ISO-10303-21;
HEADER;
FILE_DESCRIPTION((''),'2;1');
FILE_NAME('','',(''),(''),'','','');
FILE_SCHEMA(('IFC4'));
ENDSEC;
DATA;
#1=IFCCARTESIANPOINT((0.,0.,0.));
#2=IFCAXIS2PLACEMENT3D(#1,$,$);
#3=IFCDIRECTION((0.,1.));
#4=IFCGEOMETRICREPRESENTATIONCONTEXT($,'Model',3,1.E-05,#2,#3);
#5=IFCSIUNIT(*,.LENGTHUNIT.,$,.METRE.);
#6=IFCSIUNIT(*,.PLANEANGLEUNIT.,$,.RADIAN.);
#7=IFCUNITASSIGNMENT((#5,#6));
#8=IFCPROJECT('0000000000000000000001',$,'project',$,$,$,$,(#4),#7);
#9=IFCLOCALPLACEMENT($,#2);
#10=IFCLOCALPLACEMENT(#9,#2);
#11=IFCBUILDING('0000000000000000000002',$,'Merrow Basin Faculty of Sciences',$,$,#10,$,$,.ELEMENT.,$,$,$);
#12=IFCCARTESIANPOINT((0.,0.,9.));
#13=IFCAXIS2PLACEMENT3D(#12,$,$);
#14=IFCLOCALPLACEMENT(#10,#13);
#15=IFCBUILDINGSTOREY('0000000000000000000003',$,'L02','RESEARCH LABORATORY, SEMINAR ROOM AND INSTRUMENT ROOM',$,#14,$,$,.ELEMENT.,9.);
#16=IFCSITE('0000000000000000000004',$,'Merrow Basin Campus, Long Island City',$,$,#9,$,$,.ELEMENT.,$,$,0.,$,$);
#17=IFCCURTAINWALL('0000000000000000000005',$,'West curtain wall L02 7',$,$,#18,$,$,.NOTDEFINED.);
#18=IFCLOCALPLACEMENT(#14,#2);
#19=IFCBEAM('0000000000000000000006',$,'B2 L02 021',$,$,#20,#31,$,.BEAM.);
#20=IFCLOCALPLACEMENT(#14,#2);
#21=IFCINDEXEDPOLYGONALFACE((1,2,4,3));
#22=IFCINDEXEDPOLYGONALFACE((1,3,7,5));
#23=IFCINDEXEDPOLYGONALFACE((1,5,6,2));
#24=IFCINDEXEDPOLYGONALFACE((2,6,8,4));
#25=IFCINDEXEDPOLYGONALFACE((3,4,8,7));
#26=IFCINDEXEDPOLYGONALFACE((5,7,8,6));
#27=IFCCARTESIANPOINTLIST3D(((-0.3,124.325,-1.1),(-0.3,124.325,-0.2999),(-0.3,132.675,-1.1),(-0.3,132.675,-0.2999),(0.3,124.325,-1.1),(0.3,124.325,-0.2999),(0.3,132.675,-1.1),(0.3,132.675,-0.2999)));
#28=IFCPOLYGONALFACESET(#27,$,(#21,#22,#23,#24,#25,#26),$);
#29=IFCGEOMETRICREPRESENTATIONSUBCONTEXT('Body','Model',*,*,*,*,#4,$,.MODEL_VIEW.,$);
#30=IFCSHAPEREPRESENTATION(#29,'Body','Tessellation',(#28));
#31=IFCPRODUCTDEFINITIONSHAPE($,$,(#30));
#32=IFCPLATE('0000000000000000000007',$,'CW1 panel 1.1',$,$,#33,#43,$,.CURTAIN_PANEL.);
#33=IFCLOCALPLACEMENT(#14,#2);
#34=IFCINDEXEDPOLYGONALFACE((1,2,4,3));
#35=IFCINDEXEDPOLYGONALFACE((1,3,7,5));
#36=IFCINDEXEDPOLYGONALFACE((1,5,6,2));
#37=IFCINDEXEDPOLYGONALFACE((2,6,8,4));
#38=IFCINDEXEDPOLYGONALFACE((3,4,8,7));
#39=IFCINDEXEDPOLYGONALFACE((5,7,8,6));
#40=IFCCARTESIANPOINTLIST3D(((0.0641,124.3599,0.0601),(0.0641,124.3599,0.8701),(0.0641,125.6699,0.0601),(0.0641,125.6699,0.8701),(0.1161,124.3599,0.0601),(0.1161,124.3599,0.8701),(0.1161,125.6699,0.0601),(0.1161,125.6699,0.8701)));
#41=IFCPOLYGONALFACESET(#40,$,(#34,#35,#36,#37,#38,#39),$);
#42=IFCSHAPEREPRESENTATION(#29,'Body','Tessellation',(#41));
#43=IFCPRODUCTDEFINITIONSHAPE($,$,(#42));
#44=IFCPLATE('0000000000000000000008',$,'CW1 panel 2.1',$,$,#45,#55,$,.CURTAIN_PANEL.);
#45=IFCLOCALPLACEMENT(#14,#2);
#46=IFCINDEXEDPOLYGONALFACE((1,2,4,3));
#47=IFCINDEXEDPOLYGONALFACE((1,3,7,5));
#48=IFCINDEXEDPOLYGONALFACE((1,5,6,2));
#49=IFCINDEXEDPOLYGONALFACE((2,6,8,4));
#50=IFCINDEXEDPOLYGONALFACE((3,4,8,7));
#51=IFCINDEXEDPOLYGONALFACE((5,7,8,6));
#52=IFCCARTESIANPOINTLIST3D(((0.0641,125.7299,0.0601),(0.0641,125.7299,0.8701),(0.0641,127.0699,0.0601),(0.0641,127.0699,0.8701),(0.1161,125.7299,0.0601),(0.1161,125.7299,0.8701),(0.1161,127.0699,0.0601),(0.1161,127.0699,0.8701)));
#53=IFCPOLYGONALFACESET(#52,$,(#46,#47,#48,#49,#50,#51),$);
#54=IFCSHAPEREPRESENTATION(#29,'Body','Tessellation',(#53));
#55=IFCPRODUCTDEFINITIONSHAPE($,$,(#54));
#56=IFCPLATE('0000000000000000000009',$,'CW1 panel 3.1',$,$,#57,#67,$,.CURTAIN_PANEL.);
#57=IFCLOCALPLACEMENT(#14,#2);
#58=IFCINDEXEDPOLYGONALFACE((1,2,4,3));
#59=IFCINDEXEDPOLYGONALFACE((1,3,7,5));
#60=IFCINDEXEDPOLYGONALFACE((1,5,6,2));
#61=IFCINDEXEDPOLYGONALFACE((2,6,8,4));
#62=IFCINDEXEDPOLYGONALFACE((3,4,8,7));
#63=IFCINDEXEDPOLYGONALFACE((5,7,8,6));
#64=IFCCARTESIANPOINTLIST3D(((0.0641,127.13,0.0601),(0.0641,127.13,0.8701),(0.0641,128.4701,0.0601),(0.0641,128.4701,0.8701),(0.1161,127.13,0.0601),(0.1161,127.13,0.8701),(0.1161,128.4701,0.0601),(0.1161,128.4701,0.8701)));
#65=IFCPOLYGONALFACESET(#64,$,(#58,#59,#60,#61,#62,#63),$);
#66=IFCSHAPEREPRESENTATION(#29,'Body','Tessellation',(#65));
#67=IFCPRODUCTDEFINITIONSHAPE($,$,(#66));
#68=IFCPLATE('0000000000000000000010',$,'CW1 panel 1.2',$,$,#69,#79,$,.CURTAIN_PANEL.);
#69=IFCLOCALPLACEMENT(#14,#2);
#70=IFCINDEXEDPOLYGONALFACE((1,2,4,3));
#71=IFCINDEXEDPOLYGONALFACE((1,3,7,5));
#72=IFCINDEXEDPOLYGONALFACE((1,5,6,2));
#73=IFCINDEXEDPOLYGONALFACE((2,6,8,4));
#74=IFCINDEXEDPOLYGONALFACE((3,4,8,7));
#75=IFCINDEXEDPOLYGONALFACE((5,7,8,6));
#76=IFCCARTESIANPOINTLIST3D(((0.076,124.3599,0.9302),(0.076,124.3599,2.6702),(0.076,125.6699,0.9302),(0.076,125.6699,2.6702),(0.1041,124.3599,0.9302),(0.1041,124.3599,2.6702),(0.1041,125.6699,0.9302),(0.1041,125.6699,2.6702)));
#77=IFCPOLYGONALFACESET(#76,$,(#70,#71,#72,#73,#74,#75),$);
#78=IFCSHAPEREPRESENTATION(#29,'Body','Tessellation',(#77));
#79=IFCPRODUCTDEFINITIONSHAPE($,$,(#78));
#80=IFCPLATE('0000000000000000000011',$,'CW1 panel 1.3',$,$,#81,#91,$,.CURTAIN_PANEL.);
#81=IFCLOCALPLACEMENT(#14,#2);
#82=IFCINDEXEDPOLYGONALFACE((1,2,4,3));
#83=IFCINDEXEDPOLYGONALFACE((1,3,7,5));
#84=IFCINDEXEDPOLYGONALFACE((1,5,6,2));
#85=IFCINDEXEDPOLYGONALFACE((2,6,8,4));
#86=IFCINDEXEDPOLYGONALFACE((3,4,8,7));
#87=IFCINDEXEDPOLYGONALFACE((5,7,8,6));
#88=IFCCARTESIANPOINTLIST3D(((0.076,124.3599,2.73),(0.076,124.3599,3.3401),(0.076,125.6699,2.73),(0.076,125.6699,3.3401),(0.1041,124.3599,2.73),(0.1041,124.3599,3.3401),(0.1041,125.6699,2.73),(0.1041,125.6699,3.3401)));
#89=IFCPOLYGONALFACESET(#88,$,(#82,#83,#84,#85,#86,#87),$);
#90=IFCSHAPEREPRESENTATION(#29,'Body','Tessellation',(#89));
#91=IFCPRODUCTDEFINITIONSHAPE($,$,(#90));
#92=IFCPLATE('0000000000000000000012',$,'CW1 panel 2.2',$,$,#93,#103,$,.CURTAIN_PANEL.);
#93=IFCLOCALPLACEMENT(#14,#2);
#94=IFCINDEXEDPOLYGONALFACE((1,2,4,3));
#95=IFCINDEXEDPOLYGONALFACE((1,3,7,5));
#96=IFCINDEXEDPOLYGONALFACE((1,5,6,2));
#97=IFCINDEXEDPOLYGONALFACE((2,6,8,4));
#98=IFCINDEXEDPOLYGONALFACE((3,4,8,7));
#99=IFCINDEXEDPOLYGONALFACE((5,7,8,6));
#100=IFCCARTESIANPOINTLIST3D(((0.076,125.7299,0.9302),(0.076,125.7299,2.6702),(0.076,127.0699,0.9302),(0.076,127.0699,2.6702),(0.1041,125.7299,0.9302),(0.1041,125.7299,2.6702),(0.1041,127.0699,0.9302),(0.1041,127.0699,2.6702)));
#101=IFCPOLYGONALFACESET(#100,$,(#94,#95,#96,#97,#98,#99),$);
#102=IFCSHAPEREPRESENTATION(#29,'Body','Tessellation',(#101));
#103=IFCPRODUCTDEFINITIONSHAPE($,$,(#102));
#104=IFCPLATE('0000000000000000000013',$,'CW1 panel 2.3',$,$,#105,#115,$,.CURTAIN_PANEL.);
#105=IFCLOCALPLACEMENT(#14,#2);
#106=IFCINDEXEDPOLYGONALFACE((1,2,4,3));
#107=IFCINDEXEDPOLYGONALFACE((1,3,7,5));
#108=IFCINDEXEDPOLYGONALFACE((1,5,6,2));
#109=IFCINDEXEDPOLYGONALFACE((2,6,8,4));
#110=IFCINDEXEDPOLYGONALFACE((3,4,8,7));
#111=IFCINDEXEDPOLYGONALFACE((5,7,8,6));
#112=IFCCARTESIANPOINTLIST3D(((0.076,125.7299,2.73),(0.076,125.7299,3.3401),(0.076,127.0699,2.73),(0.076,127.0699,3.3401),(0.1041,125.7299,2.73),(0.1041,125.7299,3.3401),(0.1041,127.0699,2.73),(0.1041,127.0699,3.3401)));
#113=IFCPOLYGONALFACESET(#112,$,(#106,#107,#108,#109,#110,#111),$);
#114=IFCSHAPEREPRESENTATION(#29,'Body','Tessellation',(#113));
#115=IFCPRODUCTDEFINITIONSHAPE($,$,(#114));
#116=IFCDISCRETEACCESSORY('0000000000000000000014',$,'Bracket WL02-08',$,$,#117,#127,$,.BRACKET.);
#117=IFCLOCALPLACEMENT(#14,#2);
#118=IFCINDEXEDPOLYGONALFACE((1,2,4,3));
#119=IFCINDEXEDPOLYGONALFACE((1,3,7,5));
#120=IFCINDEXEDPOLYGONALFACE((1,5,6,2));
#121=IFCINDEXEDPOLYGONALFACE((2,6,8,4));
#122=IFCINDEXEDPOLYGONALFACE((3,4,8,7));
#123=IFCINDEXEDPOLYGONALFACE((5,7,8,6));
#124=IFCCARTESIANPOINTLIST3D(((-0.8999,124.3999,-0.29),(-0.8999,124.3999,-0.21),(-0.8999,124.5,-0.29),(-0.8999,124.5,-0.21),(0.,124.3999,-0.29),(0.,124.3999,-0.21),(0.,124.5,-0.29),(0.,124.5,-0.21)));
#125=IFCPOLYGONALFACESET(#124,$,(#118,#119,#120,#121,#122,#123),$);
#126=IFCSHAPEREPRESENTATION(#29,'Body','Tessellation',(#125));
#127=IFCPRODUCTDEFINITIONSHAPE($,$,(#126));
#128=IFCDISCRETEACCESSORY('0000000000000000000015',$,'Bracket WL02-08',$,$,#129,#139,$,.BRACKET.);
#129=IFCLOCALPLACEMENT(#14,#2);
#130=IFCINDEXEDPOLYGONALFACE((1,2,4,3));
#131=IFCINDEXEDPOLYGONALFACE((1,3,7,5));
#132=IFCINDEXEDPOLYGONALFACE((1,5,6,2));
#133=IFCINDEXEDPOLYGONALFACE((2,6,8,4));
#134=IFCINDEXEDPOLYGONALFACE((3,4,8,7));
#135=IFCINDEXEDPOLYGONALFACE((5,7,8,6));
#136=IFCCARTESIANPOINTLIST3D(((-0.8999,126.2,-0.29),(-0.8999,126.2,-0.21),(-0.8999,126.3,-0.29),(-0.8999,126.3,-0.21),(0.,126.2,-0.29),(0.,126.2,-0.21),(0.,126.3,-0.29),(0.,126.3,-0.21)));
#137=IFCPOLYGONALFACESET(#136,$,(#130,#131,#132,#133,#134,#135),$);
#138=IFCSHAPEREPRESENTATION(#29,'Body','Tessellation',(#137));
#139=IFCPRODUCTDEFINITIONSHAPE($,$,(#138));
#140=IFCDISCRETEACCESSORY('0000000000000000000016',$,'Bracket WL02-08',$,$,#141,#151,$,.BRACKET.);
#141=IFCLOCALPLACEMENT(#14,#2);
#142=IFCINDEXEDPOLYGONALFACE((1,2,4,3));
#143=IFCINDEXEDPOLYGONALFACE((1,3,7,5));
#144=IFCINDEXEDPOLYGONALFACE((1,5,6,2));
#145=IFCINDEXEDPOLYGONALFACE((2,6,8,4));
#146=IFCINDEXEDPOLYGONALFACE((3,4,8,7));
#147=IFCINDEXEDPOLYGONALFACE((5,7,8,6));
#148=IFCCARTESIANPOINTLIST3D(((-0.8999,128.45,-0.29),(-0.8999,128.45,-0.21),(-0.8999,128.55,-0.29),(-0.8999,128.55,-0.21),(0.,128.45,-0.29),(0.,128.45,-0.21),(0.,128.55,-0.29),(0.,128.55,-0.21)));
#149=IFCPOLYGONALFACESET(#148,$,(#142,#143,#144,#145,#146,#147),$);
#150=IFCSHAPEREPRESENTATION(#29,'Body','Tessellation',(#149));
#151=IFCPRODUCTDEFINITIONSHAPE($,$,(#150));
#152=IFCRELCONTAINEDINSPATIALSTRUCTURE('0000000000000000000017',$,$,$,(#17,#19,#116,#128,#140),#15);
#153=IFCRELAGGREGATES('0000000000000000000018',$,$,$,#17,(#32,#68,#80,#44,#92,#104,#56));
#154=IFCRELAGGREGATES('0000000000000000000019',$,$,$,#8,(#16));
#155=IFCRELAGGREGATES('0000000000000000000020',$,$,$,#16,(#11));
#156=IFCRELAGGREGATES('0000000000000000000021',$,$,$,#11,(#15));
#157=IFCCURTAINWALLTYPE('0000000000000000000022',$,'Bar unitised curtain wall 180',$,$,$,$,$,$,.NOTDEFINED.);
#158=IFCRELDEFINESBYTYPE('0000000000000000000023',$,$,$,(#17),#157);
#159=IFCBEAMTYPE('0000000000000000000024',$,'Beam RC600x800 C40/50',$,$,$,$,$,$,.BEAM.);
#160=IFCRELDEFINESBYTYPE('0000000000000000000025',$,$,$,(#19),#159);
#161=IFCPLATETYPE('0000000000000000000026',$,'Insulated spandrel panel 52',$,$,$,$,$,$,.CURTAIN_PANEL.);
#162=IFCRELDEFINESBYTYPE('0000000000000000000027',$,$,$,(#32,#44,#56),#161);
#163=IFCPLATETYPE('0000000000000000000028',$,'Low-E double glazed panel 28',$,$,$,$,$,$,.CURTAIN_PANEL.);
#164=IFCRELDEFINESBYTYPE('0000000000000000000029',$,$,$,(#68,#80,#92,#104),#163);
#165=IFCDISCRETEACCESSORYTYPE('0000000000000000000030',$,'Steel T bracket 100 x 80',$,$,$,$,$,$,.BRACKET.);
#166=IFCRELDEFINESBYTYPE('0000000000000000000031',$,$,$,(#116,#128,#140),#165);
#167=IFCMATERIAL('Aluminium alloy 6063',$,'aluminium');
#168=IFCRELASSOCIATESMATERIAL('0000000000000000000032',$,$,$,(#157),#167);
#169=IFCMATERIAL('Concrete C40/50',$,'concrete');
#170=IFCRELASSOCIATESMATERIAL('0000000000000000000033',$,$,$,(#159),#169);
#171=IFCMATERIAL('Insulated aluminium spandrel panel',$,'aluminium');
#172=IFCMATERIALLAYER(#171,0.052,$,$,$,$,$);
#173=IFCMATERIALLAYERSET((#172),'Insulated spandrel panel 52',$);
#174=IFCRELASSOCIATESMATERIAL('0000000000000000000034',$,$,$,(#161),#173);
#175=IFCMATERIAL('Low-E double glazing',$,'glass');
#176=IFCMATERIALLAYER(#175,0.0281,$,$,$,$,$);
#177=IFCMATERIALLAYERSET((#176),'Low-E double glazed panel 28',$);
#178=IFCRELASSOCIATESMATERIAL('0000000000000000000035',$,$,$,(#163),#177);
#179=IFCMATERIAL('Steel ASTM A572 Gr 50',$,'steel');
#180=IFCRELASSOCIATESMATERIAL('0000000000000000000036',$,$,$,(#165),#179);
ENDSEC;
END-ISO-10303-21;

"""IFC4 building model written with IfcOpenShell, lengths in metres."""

from ifc_helpers import new_model, si_unit, direction, frame, origin, origin_2d, place, context, subcontext, project, spatial, polyline, rectangle, outline, extrude, source, transform, mapped, material, layer, layer_set, material_profile, profile_set, type_object, element, aggregate, save


model = new_model("IFC4")

# Units and contexts
model_context = context("Model", 3, precision=1e-05, world=origin(), true_north=direction((0.0, 1.0)))
body_context = subcontext(model_context, "Body", "Model", "MODEL_VIEW")
ifc_project = project(units=[si_unit("LENGTHUNIT", "METRE"), si_unit("PLANEANGLEUNIT", "RADIAN")], contexts=[model_context])

# Site, building, storey
site_placement = place(None, origin())
site = spatial("IfcSite", under=ifc_project, at=site_placement, Name="Merrow Basin Campus, Long Island City", CompositionType="ELEMENT", RefElevation=0.0)
building_placement = place(site_placement, origin())
building = spatial("IfcBuilding", under=site, at=building_placement, Name="Merrow Basin Faculty of Sciences", CompositionType="ELEMENT")
storey_placement = place(building_placement, frame((0.0, 0.0, 9.0)))
storey = spatial("IfcBuildingStorey", under=building, at=storey_placement, Name="L02", Description="RESEARCH LABORATORY, SEMINAR ROOM AND INSTRUMENT ROOM", CompositionType="ELEMENT", Elevation=9.0)

# Curtain wall
ifc_material_1 = material(Name="Aluminium alloy 6063", Category="aluminium")
curtain_wall_type = type_object("IfcCurtainWallType", Name="Bar unitised curtain wall 180", PredefinedType="NOTDEFINED", material=ifc_material_1)
curtain_wall_placement = place(storey_placement, origin())
curtain_wall = element("IfcCurtainWall", 1, at=curtain_wall_placement, inside=storey, type_object=curtain_wall_type, Name="West curtain wall L02 7", PredefinedType="NOTDEFINED")

# Beam
ifc_material_2 = material(Name="Concrete C40/50", Category="concrete")
ifc_material_profile_1 = material_profile(ifc_material_2, rectangle(XDim=0.6001, YDim=0.8, at=origin_2d()))
ifc_profile_set_1 = profile_set([ifc_material_profile_1], Name="Concrete C40/50")
beam_type = type_object("IfcBeamType", Name="Beam RC600x800 C40/50", PredefinedType="BEAM", material=ifc_profile_set_1)
beam_placement = place(storey_placement, frame((0.0, 124.325, -0.7), z_axis=(0.0, 1.0, 0.0), x_axis=(-1.0, 0.0, 0.0)))
element("IfcBeam", 2, at=beam_placement, inside=storey, type_object=beam_type, Name="B2 L02 021", PredefinedType="BEAM", context=body_context, shape_type="SweptSolid", body=[
    extrude(rectangle(XDim=0.6001, YDim=0.8, at=origin_2d()), origin(), (0.0, 0.0, 1.0), 8.3501),
])

# Plates
ifc_material_3 = material(Name="Insulated aluminium spandrel panel", Category="aluminium")
ifc_layer_1 = layer(ifc_material_3, 0.052)
ifc_layer_set_1 = layer_set([ifc_layer_1], Name="Insulated spandrel panel 52")
plate_type_1 = type_object("IfcPlateType", Name="Insulated spandrel panel 52", PredefinedType="CURTAIN_PANEL", material=ifc_layer_set_1)
plate_1_placement = place(storey_placement, frame((0.0901, 125.0149, 0.0601), z_axis=(0.0, 0.0, 1.0), x_axis=(0.0, 1.0, 0.0)))
plate_1 = element("IfcPlate", 3, at=plate_1_placement, type_object=plate_type_1, Name="CW1 panel 1.1", PredefinedType="CURTAIN_PANEL", context=body_context, shape_type="SweptSolid", body=[
    extrude(rectangle(XDim=1.3101, YDim=0.052, at=origin_2d()), origin(), (0.0, 0.0, 1.0), 0.8101),
])
plate_2_placement = place(storey_placement, frame((0.0901, 126.3999, 0.0601), z_axis=(0.0, 0.0, 1.0), x_axis=(0.0, 1.0, 0.0)))
plate_2 = element("IfcPlate", 4, at=plate_2_placement, type_object=plate_type_1, Name="CW1 panel 2.1", PredefinedType="CURTAIN_PANEL", context=body_context, shape_type="SweptSolid", body=[
    extrude(rectangle(XDim=1.3401, YDim=0.052, at=origin_2d()), origin(), (0.0, 0.0, 1.0), 0.8101),
])
plate_3_placement = place(storey_placement, frame((0.0901, 127.8, 0.0601), z_axis=(0.0, 0.0, 1.0), x_axis=(0.0, 1.0, 0.0)))
plate_3 = element("IfcPlate", 5, at=plate_3_placement, type_object=plate_type_1, Name="CW1 panel 3.1", PredefinedType="CURTAIN_PANEL", context=body_context, shape_type="SweptSolid", body=[
    extrude(rectangle(XDim=1.3401, YDim=0.052, at=origin_2d()), origin(), (0.0, 0.0, 1.0), 0.8101),
])
ifc_material_4 = material(Name="Low-E double glazing", Category="glass")
ifc_layer_2 = layer(ifc_material_4, 0.0281)
ifc_layer_set_2 = layer_set([ifc_layer_2], Name="Low-E double glazed panel 28")
plate_type_2 = type_object("IfcPlateType", Name="Low-E double glazed panel 28", PredefinedType="CURTAIN_PANEL", material=ifc_layer_set_2)
plate_4_placement = place(storey_placement, frame((0.0901, 125.0149, 0.9302), z_axis=(0.0, 0.0, 1.0), x_axis=(0.0, 1.0, 0.0)))
plate_4 = element("IfcPlate", 6, at=plate_4_placement, type_object=plate_type_2, Name="CW1 panel 1.2", PredefinedType="CURTAIN_PANEL", context=body_context, shape_type="SweptSolid", body=[
    extrude(rectangle(XDim=1.3101, YDim=0.0281, at=origin_2d()), origin(), (0.0, 0.0, 1.0), 1.74),
])
plate_5_placement = place(storey_placement, frame((0.0901, 125.0149, 2.73), z_axis=(0.0, 0.0, 1.0), x_axis=(0.0, 1.0, 0.0)))
plate_5 = element("IfcPlate", 7, at=plate_5_placement, type_object=plate_type_2, Name="CW1 panel 1.3", PredefinedType="CURTAIN_PANEL", context=body_context, shape_type="SweptSolid", body=[
    extrude(rectangle(XDim=1.3101, YDim=0.0281, at=origin_2d()), origin(), (0.0, 0.0, 1.0), 0.6101),
])
plate_6_placement = place(storey_placement, frame((0.0901, 126.3999, 0.9302), z_axis=(0.0, 0.0, 1.0), x_axis=(0.0, 1.0, 0.0)))
plate_6 = element("IfcPlate", 8, at=plate_6_placement, type_object=plate_type_2, Name="CW1 panel 2.2", PredefinedType="CURTAIN_PANEL", context=body_context, shape_type="SweptSolid", body=[
    extrude(rectangle(XDim=1.3401, YDim=0.0281, at=origin_2d()), origin(), (0.0, 0.0, 1.0), 1.74),
])
plate_7_placement = place(storey_placement, frame((0.0901, 126.3999, 2.73), z_axis=(0.0, 0.0, 1.0), x_axis=(0.0, 1.0, 0.0)))
plate_7 = element("IfcPlate", 9, at=plate_7_placement, type_object=plate_type_2, Name="CW1 panel 2.3", PredefinedType="CURTAIN_PANEL", context=body_context, shape_type="SweptSolid", body=[
    extrude(rectangle(XDim=1.3401, YDim=0.0281, at=origin_2d()), origin(), (0.0, 0.0, 1.0), 0.6101),
])
aggregate(curtain_wall, [plate_1, plate_4, plate_5, plate_2, plate_6, plate_7, plate_3])

# Discrete accessories
ifc_material_5 = material(Name="Steel ASTM A572 Gr 50", Category="steel")
discrete_accessory_type = type_object("IfcDiscreteAccessoryType", Name="Steel T bracket 100 x 80", PredefinedType="BRACKET", material=ifc_material_5)
shared_shape = source(origin(), body_context, "Body", "SweptSolid", [
    extrude(outline(polyline([(0.0, 0.0), (0.1001, 0.0), (0.1001, 0.0801), (0.0, 0.0801), (0.0, 0.0)])), origin(), (0.0, 0.0, 1.0), 0.8999),
])
for number, where, z_axis, x_axis, name in (
    (10, (-0.8999, 124.3999, -0.29), (1.0, 0.0, 0.0), (0.0, 1.0, 0.0), "Bracket WL02-08"),
    (11, (-0.8999, 126.2, -0.29), (1.0, 0.0, 0.0), (0.0, 1.0, 0.0), "Bracket WL02-08"),
    (12, (-0.8999, 128.45, -0.29), (1.0, 0.0, 0.0), (0.0, 1.0, 0.0), "Bracket WL02-08"),
):
    element("IfcDiscreteAccessory", number, at=place(storey_placement, frame(where, z_axis=z_axis, x_axis=x_axis)), inside=storey, type_object=discrete_accessory_type, Name=name, PredefinedType="BRACKET", context=body_context, shape_type="MappedRepresentation", body=[
        mapped(shared_shape, transform((0.0, 0.0, 0.0), scale=1.0)),
    ])

save(model, "model.ifc")
